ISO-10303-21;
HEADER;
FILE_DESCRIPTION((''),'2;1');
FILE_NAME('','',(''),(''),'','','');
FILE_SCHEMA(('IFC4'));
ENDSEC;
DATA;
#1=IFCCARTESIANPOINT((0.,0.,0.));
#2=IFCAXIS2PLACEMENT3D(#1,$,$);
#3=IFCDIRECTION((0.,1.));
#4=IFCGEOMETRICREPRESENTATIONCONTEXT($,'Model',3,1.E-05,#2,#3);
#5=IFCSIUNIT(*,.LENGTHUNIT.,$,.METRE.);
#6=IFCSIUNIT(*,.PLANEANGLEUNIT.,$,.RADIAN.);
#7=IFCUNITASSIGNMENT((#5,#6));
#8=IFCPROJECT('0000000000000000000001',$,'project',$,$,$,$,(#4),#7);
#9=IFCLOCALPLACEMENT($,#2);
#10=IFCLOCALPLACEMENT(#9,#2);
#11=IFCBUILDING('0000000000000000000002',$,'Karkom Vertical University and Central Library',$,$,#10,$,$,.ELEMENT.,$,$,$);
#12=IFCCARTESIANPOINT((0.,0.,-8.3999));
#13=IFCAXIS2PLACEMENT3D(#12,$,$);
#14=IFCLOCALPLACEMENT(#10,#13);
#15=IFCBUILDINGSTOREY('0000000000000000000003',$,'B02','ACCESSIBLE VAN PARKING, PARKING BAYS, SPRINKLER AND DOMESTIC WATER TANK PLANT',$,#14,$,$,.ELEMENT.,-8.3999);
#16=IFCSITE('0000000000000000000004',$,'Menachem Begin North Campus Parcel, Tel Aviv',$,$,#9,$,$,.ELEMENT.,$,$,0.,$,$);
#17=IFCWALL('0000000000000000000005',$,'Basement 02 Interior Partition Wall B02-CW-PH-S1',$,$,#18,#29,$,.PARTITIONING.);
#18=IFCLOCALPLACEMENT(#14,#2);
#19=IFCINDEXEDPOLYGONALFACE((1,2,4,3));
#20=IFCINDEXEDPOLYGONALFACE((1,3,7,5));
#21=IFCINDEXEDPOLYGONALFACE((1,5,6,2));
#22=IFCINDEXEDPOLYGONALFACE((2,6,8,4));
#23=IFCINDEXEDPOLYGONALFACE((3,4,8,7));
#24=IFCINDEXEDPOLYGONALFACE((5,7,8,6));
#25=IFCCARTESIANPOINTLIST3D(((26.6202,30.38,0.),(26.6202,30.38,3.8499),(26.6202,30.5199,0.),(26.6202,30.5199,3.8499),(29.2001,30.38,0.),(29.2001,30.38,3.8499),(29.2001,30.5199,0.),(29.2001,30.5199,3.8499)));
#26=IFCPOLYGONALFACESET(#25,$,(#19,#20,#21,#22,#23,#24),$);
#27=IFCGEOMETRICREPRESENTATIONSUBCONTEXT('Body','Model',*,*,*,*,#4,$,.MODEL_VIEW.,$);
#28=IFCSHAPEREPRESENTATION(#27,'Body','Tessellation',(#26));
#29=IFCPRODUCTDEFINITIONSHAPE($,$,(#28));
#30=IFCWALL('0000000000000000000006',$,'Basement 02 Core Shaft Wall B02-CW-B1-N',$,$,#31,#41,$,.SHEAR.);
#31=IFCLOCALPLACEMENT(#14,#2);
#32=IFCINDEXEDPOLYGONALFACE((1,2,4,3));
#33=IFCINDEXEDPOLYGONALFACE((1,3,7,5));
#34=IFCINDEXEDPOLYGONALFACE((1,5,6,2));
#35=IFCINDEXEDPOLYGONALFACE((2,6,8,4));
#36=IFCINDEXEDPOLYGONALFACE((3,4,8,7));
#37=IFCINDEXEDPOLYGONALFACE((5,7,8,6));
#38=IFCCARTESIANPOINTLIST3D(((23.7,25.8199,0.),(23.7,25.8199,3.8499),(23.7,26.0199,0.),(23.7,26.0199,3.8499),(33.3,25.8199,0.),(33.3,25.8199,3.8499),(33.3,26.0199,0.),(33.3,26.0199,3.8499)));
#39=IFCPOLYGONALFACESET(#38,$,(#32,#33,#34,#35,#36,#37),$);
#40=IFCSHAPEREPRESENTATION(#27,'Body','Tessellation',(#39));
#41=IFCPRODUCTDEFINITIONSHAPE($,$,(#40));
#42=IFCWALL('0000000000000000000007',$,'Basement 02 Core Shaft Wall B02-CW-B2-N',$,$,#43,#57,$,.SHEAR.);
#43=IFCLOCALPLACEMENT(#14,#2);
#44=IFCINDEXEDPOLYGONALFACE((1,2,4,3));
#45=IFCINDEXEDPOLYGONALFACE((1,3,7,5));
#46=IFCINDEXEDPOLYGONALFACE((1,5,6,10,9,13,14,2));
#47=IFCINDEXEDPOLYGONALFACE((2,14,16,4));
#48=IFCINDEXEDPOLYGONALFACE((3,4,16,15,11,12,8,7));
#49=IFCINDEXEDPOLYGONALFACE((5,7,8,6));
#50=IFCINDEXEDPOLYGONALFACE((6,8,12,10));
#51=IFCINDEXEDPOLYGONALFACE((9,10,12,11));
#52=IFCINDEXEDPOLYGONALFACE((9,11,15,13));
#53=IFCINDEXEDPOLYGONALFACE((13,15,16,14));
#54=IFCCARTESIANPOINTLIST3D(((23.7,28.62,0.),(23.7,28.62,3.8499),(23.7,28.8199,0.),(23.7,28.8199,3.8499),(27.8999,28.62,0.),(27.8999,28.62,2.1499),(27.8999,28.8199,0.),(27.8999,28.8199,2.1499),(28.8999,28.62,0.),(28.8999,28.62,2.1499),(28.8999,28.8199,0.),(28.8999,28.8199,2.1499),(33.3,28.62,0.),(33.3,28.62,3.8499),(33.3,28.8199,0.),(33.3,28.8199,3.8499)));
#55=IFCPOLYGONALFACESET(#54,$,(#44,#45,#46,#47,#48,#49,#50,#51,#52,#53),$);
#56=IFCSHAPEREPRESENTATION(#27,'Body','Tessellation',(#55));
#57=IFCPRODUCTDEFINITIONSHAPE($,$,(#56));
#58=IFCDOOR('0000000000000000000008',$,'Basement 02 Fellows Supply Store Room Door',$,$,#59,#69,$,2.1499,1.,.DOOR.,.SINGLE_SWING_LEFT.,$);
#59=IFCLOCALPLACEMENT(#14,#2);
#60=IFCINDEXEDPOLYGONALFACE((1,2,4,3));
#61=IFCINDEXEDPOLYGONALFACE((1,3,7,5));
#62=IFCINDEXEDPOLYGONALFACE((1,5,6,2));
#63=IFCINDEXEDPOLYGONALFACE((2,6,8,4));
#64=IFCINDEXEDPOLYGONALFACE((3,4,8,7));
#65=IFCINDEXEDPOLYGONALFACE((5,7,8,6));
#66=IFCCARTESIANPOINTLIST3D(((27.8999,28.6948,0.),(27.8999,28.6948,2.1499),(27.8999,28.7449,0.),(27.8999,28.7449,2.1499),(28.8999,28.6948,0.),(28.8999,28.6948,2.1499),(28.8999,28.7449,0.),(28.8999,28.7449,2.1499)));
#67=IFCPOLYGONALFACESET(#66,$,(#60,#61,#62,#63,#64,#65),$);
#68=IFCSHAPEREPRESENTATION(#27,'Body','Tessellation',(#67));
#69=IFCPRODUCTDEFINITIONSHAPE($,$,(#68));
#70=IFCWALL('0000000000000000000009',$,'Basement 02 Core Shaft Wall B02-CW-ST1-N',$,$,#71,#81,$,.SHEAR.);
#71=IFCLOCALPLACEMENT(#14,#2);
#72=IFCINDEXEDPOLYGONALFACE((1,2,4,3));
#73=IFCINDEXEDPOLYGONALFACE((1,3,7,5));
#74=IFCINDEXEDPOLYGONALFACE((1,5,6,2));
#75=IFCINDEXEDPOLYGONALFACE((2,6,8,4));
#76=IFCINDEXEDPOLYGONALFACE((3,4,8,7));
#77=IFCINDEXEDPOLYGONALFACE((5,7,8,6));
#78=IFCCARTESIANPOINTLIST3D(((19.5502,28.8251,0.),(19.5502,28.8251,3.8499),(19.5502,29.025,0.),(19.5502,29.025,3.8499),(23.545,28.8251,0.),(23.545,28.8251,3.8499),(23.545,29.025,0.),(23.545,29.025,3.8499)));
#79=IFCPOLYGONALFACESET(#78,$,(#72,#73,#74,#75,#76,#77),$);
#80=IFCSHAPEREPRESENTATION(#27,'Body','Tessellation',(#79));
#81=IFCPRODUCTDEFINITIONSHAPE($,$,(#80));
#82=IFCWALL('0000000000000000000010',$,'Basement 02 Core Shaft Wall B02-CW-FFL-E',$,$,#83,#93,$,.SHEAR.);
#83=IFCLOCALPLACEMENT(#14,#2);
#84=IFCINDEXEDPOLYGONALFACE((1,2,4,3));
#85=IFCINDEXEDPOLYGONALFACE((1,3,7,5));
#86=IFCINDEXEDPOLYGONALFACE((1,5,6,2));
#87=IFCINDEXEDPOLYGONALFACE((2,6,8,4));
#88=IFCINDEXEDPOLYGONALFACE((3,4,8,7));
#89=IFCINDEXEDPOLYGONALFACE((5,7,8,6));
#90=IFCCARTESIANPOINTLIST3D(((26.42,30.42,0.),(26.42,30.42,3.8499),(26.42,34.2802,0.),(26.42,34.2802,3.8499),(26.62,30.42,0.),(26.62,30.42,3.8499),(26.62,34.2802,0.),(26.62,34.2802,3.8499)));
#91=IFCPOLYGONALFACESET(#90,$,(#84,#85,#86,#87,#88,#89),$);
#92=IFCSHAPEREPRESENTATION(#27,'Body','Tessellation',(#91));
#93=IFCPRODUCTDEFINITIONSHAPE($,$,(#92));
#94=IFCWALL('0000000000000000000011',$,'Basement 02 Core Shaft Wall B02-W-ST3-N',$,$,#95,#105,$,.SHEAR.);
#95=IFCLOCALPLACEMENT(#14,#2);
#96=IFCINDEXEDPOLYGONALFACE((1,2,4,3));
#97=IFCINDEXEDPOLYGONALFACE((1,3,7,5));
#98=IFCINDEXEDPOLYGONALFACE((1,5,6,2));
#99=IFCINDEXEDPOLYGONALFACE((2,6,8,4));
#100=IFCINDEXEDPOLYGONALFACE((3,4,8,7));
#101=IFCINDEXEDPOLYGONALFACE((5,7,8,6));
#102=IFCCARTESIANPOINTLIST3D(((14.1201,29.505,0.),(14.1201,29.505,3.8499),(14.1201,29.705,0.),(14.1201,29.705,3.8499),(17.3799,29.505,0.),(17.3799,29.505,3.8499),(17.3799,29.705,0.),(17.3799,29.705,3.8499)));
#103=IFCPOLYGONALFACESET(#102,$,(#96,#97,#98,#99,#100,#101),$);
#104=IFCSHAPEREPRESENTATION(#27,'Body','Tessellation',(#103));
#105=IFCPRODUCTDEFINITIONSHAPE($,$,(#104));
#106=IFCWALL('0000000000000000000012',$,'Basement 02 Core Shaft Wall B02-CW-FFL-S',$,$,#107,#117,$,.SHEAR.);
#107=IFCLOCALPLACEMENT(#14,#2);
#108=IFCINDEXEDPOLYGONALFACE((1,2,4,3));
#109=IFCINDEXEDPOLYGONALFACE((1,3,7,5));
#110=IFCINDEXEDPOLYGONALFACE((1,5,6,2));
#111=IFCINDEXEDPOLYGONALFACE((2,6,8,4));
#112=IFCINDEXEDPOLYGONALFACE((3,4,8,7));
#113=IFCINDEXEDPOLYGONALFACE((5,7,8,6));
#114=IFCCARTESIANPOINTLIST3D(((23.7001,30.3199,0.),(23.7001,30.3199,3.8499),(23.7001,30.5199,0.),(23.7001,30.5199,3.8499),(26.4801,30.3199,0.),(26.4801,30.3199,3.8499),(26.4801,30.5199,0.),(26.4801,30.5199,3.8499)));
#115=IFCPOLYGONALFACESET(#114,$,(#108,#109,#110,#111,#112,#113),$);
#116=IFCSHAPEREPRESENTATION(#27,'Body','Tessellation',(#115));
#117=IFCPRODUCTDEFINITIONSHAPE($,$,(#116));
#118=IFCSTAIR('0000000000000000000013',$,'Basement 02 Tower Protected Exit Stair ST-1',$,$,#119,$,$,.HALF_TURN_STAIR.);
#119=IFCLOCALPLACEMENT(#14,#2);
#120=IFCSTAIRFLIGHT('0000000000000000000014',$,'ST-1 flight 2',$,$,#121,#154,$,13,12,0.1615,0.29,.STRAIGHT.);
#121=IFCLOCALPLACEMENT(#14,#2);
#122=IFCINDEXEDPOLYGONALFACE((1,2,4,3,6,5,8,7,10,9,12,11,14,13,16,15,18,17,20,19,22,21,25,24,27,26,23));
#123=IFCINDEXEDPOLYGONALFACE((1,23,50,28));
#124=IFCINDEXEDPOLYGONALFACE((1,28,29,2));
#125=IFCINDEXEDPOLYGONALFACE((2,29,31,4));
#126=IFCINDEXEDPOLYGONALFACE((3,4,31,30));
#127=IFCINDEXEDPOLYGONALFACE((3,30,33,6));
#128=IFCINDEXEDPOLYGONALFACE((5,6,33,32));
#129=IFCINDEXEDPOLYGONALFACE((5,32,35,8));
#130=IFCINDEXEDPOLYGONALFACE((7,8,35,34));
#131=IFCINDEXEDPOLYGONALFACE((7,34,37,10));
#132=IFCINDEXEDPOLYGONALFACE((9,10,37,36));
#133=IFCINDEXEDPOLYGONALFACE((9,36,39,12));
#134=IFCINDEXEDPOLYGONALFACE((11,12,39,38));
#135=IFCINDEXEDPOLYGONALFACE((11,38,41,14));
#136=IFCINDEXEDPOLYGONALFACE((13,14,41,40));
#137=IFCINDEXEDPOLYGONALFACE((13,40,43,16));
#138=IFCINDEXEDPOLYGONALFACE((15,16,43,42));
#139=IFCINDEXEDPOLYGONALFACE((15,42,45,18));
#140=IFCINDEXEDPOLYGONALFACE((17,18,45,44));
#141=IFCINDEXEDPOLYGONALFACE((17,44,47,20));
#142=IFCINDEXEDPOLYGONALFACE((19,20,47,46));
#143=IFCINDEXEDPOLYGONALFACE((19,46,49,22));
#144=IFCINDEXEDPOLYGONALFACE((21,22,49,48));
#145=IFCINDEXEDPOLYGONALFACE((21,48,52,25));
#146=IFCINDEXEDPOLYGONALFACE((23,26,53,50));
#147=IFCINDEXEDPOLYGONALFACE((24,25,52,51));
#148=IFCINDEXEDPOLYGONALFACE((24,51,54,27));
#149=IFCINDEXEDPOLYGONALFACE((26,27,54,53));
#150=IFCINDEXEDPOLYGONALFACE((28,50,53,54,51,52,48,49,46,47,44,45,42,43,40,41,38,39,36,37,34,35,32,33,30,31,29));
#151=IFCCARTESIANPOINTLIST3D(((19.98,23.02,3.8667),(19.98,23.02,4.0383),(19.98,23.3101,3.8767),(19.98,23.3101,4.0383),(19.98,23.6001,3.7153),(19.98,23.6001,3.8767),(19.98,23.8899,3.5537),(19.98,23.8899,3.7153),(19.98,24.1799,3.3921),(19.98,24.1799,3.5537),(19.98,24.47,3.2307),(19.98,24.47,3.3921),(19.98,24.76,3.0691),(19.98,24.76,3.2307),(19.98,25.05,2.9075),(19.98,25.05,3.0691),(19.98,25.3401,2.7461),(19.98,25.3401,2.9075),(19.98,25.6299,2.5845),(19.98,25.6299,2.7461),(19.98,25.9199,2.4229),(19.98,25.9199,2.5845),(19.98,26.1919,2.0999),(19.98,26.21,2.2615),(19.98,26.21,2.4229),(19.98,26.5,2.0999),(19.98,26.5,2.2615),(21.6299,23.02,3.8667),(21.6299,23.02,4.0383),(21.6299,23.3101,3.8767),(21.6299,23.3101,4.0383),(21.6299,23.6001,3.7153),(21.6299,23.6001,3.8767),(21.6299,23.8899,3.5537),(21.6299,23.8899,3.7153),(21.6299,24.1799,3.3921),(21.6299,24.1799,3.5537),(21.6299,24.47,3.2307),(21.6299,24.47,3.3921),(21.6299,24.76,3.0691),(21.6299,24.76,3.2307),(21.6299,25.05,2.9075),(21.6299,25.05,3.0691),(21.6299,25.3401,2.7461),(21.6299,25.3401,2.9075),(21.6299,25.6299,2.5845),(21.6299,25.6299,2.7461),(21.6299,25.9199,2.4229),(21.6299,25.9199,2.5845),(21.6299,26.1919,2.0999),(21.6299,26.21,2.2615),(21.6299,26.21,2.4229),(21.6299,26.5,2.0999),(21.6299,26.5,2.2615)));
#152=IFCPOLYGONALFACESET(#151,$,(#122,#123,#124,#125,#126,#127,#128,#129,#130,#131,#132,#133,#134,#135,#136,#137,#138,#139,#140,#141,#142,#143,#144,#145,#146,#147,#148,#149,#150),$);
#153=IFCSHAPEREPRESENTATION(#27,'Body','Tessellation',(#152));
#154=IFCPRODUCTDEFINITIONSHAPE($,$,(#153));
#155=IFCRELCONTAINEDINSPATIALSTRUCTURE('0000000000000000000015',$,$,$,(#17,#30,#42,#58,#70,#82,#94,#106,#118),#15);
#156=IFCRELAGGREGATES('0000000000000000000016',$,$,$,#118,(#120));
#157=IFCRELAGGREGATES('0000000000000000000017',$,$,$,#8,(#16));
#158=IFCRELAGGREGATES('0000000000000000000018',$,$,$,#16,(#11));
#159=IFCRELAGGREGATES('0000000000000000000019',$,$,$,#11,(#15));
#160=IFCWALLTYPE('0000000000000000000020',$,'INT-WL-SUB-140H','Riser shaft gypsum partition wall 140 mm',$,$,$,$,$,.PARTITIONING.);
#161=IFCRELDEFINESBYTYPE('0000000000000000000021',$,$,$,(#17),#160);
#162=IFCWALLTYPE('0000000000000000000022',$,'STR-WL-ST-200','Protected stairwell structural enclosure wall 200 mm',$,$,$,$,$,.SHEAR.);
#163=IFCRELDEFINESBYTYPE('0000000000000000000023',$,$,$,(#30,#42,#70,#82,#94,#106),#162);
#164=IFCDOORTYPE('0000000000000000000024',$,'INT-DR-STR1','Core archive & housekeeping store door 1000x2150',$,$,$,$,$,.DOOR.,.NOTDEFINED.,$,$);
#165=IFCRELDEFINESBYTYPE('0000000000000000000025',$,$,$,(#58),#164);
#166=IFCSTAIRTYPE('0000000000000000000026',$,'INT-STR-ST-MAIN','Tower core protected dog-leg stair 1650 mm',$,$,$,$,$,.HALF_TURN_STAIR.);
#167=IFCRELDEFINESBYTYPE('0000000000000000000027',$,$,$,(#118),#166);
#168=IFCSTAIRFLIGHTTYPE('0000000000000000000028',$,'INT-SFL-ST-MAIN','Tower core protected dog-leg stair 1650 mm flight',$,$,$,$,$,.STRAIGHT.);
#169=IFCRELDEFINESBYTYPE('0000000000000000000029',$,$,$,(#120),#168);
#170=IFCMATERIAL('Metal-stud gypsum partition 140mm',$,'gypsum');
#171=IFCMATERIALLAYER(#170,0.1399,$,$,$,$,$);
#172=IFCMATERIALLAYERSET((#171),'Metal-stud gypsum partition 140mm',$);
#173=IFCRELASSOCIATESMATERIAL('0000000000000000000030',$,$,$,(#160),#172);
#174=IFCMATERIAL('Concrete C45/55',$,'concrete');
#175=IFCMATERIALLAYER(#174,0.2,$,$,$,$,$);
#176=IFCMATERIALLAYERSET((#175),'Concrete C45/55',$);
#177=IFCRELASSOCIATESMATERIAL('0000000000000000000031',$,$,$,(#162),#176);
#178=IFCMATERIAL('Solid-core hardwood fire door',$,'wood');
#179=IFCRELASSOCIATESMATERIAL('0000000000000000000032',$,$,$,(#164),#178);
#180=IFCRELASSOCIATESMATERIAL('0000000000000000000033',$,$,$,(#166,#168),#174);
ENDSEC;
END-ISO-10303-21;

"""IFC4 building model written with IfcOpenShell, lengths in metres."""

from ifc_helpers import new_model, si_unit, direction, frame, frame_2d, origin, origin_with_axes, place, context, subcontext, project, spatial, polyline, rectangle, outline, extrude, source, transform, mapped, material, layer, layer_set, type_object, element, fill, aggregate, save


model = new_model("IFC4")

# Units and contexts
model_context = context("Model", 3, precision=1e-05, world=origin(), true_north=direction((0.0, 1.0)))
body_context = subcontext(model_context, "Body", "Model", "MODEL_VIEW")
ifc_project = project(units=[si_unit("LENGTHUNIT", "METRE"), si_unit("PLANEANGLEUNIT", "RADIAN")], contexts=[model_context])

# Site, building, storey
site_placement = place(None, origin())
site = spatial("IfcSite", under=ifc_project, at=site_placement, Name="Menachem Begin North Campus Parcel, Tel Aviv", CompositionType="ELEMENT", RefElevation=0.0)
building_placement = place(site_placement, origin())
building = spatial("IfcBuilding", under=site, at=building_placement, Name="Karkom Vertical University and Central Library", CompositionType="ELEMENT")
storey_placement = place(building_placement, frame((0.0, 0.0, -8.3999)))
storey = spatial("IfcBuildingStorey", under=building, at=storey_placement, Name="B02", Description="ACCESSIBLE VAN PARKING, PARKING BAYS, SPRINKLER AND DOMESTIC WATER TANK PLANT", CompositionType="ELEMENT", Elevation=-8.3999)

# Walls
ifc_material_1 = material(Name="Metal-stud gypsum partition 140mm", Category="gypsum")
ifc_layer_1 = layer(ifc_material_1, 0.1399)
ifc_layer_set_1 = layer_set([ifc_layer_1], Name="Metal-stud gypsum partition 140mm")
wall_type_1 = type_object("IfcWallType", Name="INT-WL-SUB-140H", Description="Riser shaft gypsum partition wall 140 mm", PredefinedType="PARTITIONING", material=ifc_layer_set_1)
wall_1_placement = place(storey_placement, frame((26.6201, 30.45, 0.0), z_axis=(0.0, 0.0, 1.0), x_axis=(1.0, 0.0, 0.0)))
element("IfcWall", 1, at=wall_1_placement, inside=storey, type_object=wall_type_1, Name="Basement 02 Interior Partition Wall B02-CW-PH-S1", PredefinedType="PARTITIONING", context=body_context, shape_type="SweptSolid", body=[
    extrude(rectangle(XDim=2.5798, YDim=0.1399, at=frame_2d((1.29, 0.0))), origin(), (0.0, 0.0, 1.0), 3.8499),
])
ifc_material_2 = material(Name="Concrete C45/55", Category="concrete")
ifc_layer_2 = layer(ifc_material_2, 0.2)
ifc_layer_set_2 = layer_set([ifc_layer_2], Name="Concrete C45/55")
wall_type_2 = type_object("IfcWallType", Name="STR-WL-ST-200", Description="Protected stairwell structural enclosure wall 200 mm", PredefinedType="SHEAR", material=ifc_layer_set_2)
wall_2_placement = place(storey_placement, frame((23.7, 25.9199, 0.0), z_axis=(0.0, 0.0, 1.0), x_axis=(1.0, 0.0, 0.0)))
element("IfcWall", 2, at=wall_2_placement, inside=storey, type_object=wall_type_2, Name="Basement 02 Core Shaft Wall B02-CW-B1-N", PredefinedType="SHEAR", context=body_context, shape_type="SweptSolid", body=[
    extrude(rectangle(XDim=9.6001, YDim=0.2, at=frame_2d((4.8, 0.0))), origin(), (0.0, 0.0, 1.0), 3.8499),
])

# Wall, opening, door
wall_3_placement = place(storey_placement, frame((23.7, 28.72, 0.0), z_axis=(0.0, 0.0, 1.0), x_axis=(1.0, 0.0, 0.0)))
wall_3 = element("IfcWall", 3, at=wall_3_placement, inside=storey, type_object=wall_type_2, Name="Basement 02 Core Shaft Wall B02-CW-B2-N", PredefinedType="SHEAR", context=body_context, shape_type="SweptSolid", body=[
    extrude(rectangle(XDim=9.6001, YDim=0.2, at=frame_2d((4.8, 0.0))), origin(), (0.0, 0.0, 1.0), 3.8499),
])
opening_placement = place(wall_3_placement, frame((4.2, 0.0, 0.0)))
opening = element("IfcOpeningElement", 4, at=opening_placement, cuts=wall_3, PredefinedType="OPENING", context=body_context, shape_type="SweptSolid", body=[
    extrude(rectangle(XDim=1.0, YDim=2.1499, at=frame_2d((0.5, 1.075))), frame((0.0, 0.1099, 0.0), z_axis=(0.0, -1.0, 0.0), x_axis=(1.0, 0.0, 0.0)), (0.0, 0.0, 1.0), 0.22),
])
ifc_material_3 = material(Name="Solid-core hardwood fire door", Category="wood")
door_type = type_object("IfcDoorType", Name="INT-DR-STR1", Description="Core archive & housekeeping store door 1000x2150", OperationType="NOTDEFINED", PredefinedType="DOOR", material=ifc_material_3)
shared_shape_1 = source(origin_with_axes(), body_context, "Body", "SweptSolid", [
    extrude(rectangle(XDim=1.0, YDim=2.1499, at=frame_2d((0.5, 1.075))), frame((0.0, 0.0249, 0.0), z_axis=(0.0, -1.0, 0.0), x_axis=(1.0, 0.0, 0.0)), (0.0, 0.0, 1.0), 0.05),
])
door_placement = place(opening_placement, origin())
door = element("IfcDoor", 5, at=door_placement, inside=storey, type_object=door_type, Name="Basement 02 Fellows Supply Store Room Door", OperationType="SINGLE_SWING_LEFT", OverallHeight=2.1499, OverallWidth=1.0, PredefinedType="DOOR", context=body_context, shape_type="MappedRepresentation", body=[
    mapped(shared_shape_1, transform((0.0, 0.0, 0.0), scale=1.0)),
])
fill(opening, door)

# Walls
wall_4_placement = place(storey_placement, frame((19.55, 28.925, 0.0), z_axis=(0.0, 0.0, 1.0), x_axis=(1.0, 0.0, 0.0)))
element("IfcWall", 6, at=wall_4_placement, inside=storey, type_object=wall_type_2, Name="Basement 02 Core Shaft Wall B02-CW-ST1-N", PredefinedType="SHEAR", context=body_context, shape_type="SweptSolid", body=[
    extrude(rectangle(XDim=3.9949, YDim=0.2, at=frame_2d((1.9976, 0.0))), origin(), (0.0, 0.0, 1.0), 3.8499),
])
wall_5_placement = place(storey_placement, frame((26.52, 30.4199, 0.0), z_axis=(0.0, 0.0, 1.0), x_axis=(0.0, 1.0, 0.0)))
element("IfcWall", 7, at=wall_5_placement, inside=storey, type_object=wall_type_2, Name="Basement 02 Core Shaft Wall B02-CW-FFL-E", PredefinedType="SHEAR", context=body_context, shape_type="SweptSolid", body=[
    extrude(rectangle(XDim=3.8601, YDim=0.2, at=frame_2d((1.9302, 0.0))), origin(), (0.0, 0.0, 1.0), 3.8499),
])
wall_6_placement = place(storey_placement, frame((14.1201, 29.605, 0.0), z_axis=(0.0, 0.0, 1.0), x_axis=(1.0, 0.0, 0.0)))
element("IfcWall", 8, at=wall_6_placement, inside=storey, type_object=wall_type_2, Name="Basement 02 Core Shaft Wall B02-W-ST3-N", PredefinedType="SHEAR", context=body_context, shape_type="SweptSolid", body=[
    extrude(rectangle(XDim=3.2598, YDim=0.2, at=frame_2d((1.6299, 0.0))), origin(), (0.0, 0.0, 1.0), 3.8499),
])
wall_7_placement = place(storey_placement, frame((23.7, 30.4199, 0.0), z_axis=(0.0, 0.0, 1.0), x_axis=(1.0, 0.0, 0.0)))
element("IfcWall", 9, at=wall_7_placement, inside=storey, type_object=wall_type_2, Name="Basement 02 Core Shaft Wall B02-CW-FFL-S", PredefinedType="SHEAR", context=body_context, shape_type="SweptSolid", body=[
    extrude(rectangle(XDim=2.78, YDim=0.2, at=frame_2d((1.3901, 0.0))), origin(), (0.0, 0.0, 1.0), 3.8499),
])

# Stair, stair flight
stair_type_1 = type_object("IfcStairType", Name="INT-STR-ST-MAIN", Description="Tower core protected dog-leg stair 1650 mm", PredefinedType="HALF_TURN_STAIR", material=ifc_material_2)
stair_1_placement = place(storey_placement, origin())
stair_1 = element("IfcStair", 10, at=stair_1_placement, inside=storey, type_object=stair_type_1, Name="Basement 02 Tower Protected Exit Stair ST-1", PredefinedType="HALF_TURN_STAIR")
stair_flight_type_1 = type_object("IfcStairFlightType", Name="INT-SFL-ST-MAIN", Description="Tower core protected dog-leg stair 1650 mm flight", PredefinedType="STRAIGHT", material=ifc_material_2)
stair_flight_1_placement = place(storey_placement, frame((20.8049, 26.5, 2.0999), z_axis=(0.0, 0.0, 1.0), x_axis=(0.0, -1.0, 0.0)))
stair_flight_1 = element("IfcStairFlight", 11, at=stair_flight_1_placement, type_object=stair_flight_type_1, Name="ST-1 flight 2", NumberOfRisers=13, NumberOfTreads=12, PredefinedType="STRAIGHT", RiserHeight=0.1615, TreadLength=0.29, context=body_context, shape_type="SweptSolid", body=[
    extrude(outline(polyline([(0.0, 0.0), (0.0, 0.1616), (0.29, 0.1616), (0.29, 0.323), (0.5801, 0.323), (0.5801, 0.4846), (0.8701, 0.4846), (0.8701, 0.6462), (1.1599, 0.6462), (1.1599, 0.8076), (1.45, 0.8076), (1.45, 0.9692), (1.74, 0.9692), (1.74, 1.1309), (2.03, 1.1309), (2.03, 1.2922), (2.3201, 1.2922), (2.3201, 1.4539), (2.6101, 1.4539), (2.6101, 1.6155), (2.8999, 1.6155), (2.8999, 1.7769), (3.1899, 1.7769), (3.1899, 1.9385), (3.48, 1.9385), (3.48, 2.1001), (3.48, 1.7668), (0.3081, 0.0), (0.0, 0.0)])), frame((0.0, 0.825, 0.0), z_axis=(0.0, -1.0, 0.0), x_axis=(1.0, 0.0, 0.0)), (0.0, 0.0, 1.0), 1.6499),
])
aggregate(stair_1, [stair_flight_1])

save(model, "model.ifc")
